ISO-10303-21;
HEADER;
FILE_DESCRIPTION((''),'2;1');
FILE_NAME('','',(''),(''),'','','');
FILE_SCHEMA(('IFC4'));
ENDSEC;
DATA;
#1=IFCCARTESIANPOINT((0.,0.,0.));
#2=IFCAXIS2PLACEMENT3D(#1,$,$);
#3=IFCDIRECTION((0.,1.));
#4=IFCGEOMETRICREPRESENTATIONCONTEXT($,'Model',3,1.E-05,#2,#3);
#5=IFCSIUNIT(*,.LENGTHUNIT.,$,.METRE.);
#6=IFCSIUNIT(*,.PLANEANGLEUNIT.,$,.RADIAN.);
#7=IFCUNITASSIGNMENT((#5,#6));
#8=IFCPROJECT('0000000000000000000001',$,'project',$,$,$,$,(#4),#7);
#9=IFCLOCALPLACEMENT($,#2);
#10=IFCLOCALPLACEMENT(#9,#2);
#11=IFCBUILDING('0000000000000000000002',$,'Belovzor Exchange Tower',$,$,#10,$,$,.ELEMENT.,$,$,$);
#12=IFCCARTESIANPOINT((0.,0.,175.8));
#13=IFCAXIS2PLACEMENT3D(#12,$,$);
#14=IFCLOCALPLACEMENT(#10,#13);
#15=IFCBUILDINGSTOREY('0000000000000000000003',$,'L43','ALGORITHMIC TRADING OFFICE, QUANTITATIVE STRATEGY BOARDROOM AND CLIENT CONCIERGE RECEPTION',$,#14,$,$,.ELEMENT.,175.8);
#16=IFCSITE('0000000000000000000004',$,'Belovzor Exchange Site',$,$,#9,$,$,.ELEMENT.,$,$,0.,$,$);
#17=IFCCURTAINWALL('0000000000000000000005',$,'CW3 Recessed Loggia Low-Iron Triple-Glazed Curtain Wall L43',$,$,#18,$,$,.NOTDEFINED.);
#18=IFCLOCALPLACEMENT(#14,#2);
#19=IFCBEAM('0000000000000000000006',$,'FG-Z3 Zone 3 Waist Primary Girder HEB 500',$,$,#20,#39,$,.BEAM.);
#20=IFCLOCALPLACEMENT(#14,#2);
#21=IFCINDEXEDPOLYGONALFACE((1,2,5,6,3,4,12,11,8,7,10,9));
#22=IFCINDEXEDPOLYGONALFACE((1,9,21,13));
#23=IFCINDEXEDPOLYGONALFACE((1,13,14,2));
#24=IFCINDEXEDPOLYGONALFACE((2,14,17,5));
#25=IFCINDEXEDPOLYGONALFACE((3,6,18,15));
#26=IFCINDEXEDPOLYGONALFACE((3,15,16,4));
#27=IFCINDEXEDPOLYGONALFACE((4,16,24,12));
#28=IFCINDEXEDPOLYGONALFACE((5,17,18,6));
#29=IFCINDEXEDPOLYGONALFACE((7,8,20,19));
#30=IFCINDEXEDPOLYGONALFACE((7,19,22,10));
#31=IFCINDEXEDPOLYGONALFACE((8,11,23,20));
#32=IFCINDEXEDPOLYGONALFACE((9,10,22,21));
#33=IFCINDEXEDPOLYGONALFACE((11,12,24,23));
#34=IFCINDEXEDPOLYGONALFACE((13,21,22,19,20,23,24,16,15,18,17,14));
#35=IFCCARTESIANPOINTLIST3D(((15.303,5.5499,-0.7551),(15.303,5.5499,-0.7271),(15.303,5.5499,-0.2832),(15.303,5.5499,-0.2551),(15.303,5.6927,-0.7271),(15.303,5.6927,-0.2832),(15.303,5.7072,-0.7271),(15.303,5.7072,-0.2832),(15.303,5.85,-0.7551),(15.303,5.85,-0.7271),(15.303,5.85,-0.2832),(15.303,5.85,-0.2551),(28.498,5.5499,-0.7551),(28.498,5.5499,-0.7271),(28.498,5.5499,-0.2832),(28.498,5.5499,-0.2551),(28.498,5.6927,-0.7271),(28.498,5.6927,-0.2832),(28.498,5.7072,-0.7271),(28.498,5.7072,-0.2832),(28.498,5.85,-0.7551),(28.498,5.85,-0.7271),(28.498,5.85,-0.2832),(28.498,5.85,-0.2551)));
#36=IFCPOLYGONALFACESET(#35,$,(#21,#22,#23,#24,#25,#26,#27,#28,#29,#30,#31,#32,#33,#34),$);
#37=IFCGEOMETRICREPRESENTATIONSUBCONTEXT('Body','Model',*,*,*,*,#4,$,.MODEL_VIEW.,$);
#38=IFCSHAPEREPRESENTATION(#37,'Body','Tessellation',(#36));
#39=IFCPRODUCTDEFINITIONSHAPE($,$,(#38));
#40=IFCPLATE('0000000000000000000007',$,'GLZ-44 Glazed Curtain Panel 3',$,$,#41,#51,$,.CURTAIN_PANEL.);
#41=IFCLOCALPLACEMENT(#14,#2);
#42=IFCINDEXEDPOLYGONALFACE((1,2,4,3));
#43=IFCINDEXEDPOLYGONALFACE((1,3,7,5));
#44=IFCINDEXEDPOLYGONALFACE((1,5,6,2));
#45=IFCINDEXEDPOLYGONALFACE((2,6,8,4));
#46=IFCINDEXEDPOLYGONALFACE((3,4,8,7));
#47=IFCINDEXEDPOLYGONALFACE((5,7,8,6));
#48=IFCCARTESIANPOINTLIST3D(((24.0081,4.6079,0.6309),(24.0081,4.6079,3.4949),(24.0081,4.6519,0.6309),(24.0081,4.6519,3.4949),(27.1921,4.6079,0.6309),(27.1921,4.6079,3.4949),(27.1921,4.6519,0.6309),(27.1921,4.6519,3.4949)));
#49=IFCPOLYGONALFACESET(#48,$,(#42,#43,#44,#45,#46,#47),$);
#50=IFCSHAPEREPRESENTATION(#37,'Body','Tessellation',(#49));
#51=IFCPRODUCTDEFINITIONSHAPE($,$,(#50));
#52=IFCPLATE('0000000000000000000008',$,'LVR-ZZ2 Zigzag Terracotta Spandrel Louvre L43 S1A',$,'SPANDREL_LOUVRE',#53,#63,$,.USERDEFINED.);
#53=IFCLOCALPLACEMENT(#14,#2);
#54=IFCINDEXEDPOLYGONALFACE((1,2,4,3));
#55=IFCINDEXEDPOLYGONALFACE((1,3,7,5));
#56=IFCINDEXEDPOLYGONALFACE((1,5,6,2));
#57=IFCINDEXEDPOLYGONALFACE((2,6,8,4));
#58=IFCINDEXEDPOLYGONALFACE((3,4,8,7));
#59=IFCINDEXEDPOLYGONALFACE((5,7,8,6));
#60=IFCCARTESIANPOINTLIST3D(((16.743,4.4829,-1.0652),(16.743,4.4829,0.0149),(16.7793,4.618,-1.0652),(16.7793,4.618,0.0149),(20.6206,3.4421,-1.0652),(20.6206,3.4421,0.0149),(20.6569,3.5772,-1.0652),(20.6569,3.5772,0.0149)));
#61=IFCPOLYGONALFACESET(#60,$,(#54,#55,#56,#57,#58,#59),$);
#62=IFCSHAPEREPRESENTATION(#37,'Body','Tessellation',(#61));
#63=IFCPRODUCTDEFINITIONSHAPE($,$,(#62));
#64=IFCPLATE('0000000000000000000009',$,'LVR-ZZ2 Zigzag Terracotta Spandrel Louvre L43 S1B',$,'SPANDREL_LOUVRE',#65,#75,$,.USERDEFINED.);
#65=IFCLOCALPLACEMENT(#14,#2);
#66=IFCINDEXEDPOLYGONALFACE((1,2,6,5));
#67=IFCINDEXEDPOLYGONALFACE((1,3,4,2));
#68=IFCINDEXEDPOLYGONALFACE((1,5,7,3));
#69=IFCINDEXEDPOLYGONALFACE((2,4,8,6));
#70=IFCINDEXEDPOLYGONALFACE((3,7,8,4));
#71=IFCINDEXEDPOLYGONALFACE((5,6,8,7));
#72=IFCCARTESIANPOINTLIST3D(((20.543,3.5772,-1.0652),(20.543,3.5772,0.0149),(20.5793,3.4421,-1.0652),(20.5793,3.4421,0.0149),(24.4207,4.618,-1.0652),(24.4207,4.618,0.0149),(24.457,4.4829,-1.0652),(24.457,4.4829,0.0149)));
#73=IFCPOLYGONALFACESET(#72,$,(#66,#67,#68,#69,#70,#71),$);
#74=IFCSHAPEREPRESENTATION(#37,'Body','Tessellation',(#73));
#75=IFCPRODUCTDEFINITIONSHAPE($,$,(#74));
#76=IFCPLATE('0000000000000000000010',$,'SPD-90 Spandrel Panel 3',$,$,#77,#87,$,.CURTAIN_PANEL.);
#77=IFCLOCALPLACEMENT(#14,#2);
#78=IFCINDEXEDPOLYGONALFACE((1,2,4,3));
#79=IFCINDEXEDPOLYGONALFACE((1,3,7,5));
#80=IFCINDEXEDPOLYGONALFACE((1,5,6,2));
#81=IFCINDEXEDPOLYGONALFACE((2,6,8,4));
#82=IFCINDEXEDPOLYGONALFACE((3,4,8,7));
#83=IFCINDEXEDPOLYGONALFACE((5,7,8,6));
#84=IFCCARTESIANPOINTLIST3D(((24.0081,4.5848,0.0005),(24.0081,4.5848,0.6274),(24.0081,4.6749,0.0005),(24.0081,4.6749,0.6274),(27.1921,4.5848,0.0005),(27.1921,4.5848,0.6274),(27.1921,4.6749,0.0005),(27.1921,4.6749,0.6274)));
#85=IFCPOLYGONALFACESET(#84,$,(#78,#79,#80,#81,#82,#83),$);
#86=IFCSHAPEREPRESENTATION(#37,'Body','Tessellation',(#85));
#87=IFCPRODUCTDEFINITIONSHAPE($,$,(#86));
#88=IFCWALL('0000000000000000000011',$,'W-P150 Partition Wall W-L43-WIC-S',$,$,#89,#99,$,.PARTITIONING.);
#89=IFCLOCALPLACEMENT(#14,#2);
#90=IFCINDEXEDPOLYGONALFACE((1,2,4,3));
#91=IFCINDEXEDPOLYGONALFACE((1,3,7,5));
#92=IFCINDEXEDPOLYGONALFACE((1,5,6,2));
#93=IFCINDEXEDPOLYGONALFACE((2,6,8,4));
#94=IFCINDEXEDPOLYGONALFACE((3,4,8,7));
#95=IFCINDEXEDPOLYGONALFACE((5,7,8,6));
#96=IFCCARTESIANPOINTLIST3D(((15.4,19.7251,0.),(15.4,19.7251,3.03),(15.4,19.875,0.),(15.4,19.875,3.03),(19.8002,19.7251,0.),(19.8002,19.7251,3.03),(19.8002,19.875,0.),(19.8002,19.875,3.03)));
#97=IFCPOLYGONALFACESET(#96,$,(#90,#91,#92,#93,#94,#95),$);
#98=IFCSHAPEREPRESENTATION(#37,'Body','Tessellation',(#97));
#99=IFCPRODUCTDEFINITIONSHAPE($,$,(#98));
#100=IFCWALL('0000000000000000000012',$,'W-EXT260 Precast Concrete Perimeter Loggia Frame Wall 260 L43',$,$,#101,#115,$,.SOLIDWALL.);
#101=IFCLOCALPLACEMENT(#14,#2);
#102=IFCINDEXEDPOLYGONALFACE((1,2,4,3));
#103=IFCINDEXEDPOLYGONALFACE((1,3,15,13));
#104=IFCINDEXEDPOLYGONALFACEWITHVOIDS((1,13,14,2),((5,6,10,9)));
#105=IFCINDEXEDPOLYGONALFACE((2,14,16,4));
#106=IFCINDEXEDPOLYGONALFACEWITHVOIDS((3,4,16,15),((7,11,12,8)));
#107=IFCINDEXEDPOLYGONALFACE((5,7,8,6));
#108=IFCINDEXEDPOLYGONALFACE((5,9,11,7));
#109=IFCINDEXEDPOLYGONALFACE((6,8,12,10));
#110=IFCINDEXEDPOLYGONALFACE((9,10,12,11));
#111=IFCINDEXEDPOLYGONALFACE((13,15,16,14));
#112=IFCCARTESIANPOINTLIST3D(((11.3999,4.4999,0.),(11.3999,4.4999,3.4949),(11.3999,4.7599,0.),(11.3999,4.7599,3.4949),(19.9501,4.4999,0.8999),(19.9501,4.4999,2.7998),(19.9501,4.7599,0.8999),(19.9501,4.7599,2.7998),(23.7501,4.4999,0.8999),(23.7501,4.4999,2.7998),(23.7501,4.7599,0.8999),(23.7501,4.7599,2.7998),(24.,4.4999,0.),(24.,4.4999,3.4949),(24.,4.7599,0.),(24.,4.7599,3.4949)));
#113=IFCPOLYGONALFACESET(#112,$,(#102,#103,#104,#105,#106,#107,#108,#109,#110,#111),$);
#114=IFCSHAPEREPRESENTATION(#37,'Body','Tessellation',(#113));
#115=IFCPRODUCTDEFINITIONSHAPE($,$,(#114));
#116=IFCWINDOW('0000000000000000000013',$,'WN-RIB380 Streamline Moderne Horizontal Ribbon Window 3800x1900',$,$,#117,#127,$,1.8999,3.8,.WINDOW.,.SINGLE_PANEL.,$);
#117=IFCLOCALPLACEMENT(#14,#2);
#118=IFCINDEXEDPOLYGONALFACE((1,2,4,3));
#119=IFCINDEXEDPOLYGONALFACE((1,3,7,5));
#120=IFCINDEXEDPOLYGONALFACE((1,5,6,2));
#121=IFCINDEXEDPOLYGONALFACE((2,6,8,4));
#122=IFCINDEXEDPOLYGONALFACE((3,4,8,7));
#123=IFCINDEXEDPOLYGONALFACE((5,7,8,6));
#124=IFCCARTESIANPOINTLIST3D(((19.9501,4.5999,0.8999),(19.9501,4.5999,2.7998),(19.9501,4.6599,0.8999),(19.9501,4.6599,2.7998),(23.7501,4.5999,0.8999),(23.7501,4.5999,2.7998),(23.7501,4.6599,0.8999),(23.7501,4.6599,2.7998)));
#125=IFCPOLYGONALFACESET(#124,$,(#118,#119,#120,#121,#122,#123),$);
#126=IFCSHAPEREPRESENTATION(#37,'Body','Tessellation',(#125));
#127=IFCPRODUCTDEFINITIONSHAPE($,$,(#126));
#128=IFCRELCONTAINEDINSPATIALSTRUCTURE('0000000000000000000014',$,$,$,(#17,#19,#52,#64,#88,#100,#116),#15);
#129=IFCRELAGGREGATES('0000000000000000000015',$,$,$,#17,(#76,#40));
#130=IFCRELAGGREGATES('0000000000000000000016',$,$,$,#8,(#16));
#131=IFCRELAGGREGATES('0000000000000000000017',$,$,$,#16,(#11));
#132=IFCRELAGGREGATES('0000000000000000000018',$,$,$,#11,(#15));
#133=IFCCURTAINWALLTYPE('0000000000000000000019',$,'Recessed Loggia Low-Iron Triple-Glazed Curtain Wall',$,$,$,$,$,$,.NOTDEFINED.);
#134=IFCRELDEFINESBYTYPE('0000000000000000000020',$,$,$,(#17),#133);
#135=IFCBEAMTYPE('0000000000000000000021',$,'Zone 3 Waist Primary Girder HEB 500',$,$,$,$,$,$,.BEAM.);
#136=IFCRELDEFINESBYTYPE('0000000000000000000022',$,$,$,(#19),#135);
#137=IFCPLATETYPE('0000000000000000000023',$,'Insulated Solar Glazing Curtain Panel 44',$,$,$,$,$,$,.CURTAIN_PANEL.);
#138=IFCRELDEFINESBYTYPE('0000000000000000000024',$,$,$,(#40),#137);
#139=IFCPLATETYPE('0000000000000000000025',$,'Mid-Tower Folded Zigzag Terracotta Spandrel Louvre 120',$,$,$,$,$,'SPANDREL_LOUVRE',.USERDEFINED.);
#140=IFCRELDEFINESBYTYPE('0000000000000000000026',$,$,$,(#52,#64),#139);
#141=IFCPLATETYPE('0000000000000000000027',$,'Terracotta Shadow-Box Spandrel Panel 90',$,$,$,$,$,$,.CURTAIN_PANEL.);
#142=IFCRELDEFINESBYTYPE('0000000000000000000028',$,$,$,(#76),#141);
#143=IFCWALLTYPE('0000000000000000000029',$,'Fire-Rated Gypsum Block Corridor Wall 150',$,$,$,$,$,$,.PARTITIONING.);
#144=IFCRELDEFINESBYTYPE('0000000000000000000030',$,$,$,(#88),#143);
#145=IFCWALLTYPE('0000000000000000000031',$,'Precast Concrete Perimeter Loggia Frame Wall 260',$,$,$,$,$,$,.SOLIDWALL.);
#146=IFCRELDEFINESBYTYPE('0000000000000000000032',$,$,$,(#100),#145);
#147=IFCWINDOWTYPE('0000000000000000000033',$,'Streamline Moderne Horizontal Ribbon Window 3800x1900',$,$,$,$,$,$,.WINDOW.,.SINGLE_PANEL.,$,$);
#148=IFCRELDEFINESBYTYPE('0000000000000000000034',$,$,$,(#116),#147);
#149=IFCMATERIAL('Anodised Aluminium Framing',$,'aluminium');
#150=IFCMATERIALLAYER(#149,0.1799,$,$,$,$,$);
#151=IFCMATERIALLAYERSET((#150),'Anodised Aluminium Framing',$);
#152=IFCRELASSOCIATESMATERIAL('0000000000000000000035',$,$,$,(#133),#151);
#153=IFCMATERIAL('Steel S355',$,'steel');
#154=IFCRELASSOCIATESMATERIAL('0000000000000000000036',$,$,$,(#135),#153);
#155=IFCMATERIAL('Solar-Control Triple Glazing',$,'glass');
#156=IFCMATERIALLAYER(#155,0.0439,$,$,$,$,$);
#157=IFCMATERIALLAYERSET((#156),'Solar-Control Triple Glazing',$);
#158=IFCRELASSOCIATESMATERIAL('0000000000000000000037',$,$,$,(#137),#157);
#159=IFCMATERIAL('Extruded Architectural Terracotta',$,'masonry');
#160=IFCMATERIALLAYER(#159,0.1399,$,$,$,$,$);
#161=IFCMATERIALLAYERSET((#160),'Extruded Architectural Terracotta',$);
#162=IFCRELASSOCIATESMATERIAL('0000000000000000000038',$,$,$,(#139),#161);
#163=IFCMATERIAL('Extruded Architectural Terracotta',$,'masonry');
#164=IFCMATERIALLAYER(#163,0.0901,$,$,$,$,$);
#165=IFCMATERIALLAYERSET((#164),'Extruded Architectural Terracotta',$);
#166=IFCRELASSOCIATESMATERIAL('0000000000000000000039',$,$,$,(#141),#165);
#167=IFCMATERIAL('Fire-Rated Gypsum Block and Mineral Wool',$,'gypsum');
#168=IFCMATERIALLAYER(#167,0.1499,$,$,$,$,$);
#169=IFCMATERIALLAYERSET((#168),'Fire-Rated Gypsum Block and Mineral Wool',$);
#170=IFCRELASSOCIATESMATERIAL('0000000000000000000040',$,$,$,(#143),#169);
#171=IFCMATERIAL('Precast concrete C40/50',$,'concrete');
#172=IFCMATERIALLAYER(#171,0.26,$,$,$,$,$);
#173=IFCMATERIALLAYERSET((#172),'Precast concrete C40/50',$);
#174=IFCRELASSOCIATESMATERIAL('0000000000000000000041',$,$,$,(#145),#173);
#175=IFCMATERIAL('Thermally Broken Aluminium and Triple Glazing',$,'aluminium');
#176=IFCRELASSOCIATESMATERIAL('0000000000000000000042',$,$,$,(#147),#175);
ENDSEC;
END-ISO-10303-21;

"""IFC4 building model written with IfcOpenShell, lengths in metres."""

from ifc_helpers import new_model, si_unit, direction, frame, frame_2d, origin, origin_2d, place, context, subcontext, project, spatial, rectangle, i_section, extrude, material, layer, layer_set, material_profile, profile_set, type_object, element, fill, aggregate, save


model = new_model("IFC4")

# Units and contexts
model_context = context("Model", 3, precision=1e-05, world=origin(), true_north=direction((0.0, 1.0)))
body_context = subcontext(model_context, "Body", "Model", "MODEL_VIEW")
ifc_project = project(units=[si_unit("LENGTHUNIT", "METRE"), si_unit("PLANEANGLEUNIT", "RADIAN")], contexts=[model_context])

# Site, building, storey
site_placement = place(None, origin())
site = spatial("IfcSite", under=ifc_project, at=site_placement, Name="Belovzor Exchange Site", CompositionType="ELEMENT", RefElevation=0.0)
building_placement = place(site_placement, origin())
building = spatial("IfcBuilding", under=site, at=building_placement, Name="Belovzor Exchange Tower", CompositionType="ELEMENT")
storey_placement = place(building_placement, frame((0.0, 0.0, 175.8)))
storey = spatial("IfcBuildingStorey", under=building, at=storey_placement, Name="L43", Description="ALGORITHMIC TRADING OFFICE, QUANTITATIVE STRATEGY BOARDROOM AND CLIENT CONCIERGE RECEPTION", CompositionType="ELEMENT", Elevation=175.8)

# Curtain wall
ifc_material_1 = material(Name="Anodised Aluminium Framing", Category="aluminium")
ifc_layer_1 = layer(ifc_material_1, 0.1799)
ifc_layer_set_1 = layer_set([ifc_layer_1], Name="Anodised Aluminium Framing")
curtain_wall_type = type_object("IfcCurtainWallType", Name="Recessed Loggia Low-Iron Triple-Glazed Curtain Wall", PredefinedType="NOTDEFINED", material=ifc_layer_set_1)
curtain_wall_placement = place(storey_placement, origin())
curtain_wall = element("IfcCurtainWall", 1, at=curtain_wall_placement, inside=storey, type_object=curtain_wall_type, Name="CW3 Recessed Loggia Low-Iron Triple-Glazed Curtain Wall L43", PredefinedType="NOTDEFINED")

# Beam
ifc_material_2 = material(Name="Steel S355", Category="steel")
ifc_material_profile_1 = material_profile(ifc_material_2, i_section(OverallWidth=0.3, OverallDepth=0.5, WebThickness=0.0144, FlangeThickness=0.0281, at=origin_2d()))
ifc_profile_set_1 = profile_set([ifc_material_profile_1], Name="Steel S355")
beam_type_1 = type_object("IfcBeamType", Name="Zone 3 Waist Primary Girder HEB 500", PredefinedType="BEAM", material=ifc_profile_set_1)
beam_1_placement = place(storey_placement, frame((15.303, 5.7, -0.5051), z_axis=(1.0, 0.0, 0.0), x_axis=(0.0, 1.0, 0.0)))
element("IfcBeam", 2, at=beam_1_placement, inside=storey, type_object=beam_type_1, Name="FG-Z3 Zone 3 Waist Primary Girder HEB 500", PredefinedType="BEAM", context=body_context, shape_type="SweptSolid", body=[
    extrude(i_section(OverallWidth=0.3, OverallDepth=0.5, WebThickness=0.0144, FlangeThickness=0.0281, at=origin_2d()), origin(), (0.0, 0.0, 1.0), 13.1951),
])

# Plate
ifc_material_3 = material(Name="Solar-Control Triple Glazing", Category="glass")
ifc_layer_2 = layer(ifc_material_3, 0.0439)
ifc_layer_set_2 = layer_set([ifc_layer_2], Name="Solar-Control Triple Glazing")
plate_type_1 = type_object("IfcPlateType", Name="Insulated Solar Glazing Curtain Panel 44", PredefinedType="CURTAIN_PANEL", material=ifc_layer_set_2)
plate_1_placement = place(storey_placement, frame((25.6001, 4.6299, 0.6309), z_axis=(0.0, 0.0, 1.0), x_axis=(-1.0, 0.0, 0.0)))
plate_1 = element("IfcPlate", 3, at=plate_1_placement, type_object=plate_type_1, Name="GLZ-44 Glazed Curtain Panel 3", PredefinedType="CURTAIN_PANEL", context=body_context, shape_type="SweptSolid", body=[
    extrude(rectangle(XDim=3.1841, YDim=0.0439, at=origin_2d()), origin(), (0.0, 0.0, 1.0), 2.864),
])

# Plates
ifc_material_4 = material(Name="Extruded Architectural Terracotta", Category="masonry")
ifc_layer_3 = layer(ifc_material_4, 0.1399)
ifc_layer_set_3 = layer_set([ifc_layer_3], Name="Extruded Architectural Terracotta")
plate_type_2 = type_object("IfcPlateType", Name="Mid-Tower Folded Zigzag Terracotta Spandrel Louvre 120", ElementType="SPANDREL_LOUVRE", PredefinedType="USERDEFINED", material=ifc_layer_set_3)
for number, where, z_axis, x_axis, name in (
    (4, (18.7, 4.03, -1.0652), (0.0, 0.0, 1.0), (0.965813, -0.25924, 0.0), "LVR-ZZ2 Zigzag Terracotta Spandrel Louvre L43 S1A"),
    (5, (22.5, 4.03, -1.0652), (0.0, 0.0, 1.0), (0.965813, 0.25924, 0.0), "LVR-ZZ2 Zigzag Terracotta Spandrel Louvre L43 S1B"),
):
    element("IfcPlate", number, at=place(storey_placement, frame(where, z_axis=z_axis, x_axis=x_axis)), inside=storey, type_object=plate_type_2, Name=name, ObjectType="SPANDREL_LOUVRE", PredefinedType="USERDEFINED", context=body_context, shape_type="SweptSolid", body=[
        extrude(rectangle(XDim=4.0149, YDim=0.1399, at=origin_2d()), origin(), (0.0, 0.0, 1.0), 1.0801),
    ])

# Plate
ifc_material_5 = material(Name="Extruded Architectural Terracotta", Category="masonry")
ifc_layer_4 = layer(ifc_material_5, 0.0901)
ifc_layer_set_4 = layer_set([ifc_layer_4], Name="Extruded Architectural Terracotta")
plate_type_3 = type_object("IfcPlateType", Name="Terracotta Shadow-Box Spandrel Panel 90", PredefinedType="CURTAIN_PANEL", material=ifc_layer_set_4)
plate_2_placement = place(storey_placement, frame((25.6001, 4.6299, 0.0005), z_axis=(0.0, 0.0, 1.0), x_axis=(-1.0, 0.0, 0.0)))
plate_2 = element("IfcPlate", 6, at=plate_2_placement, type_object=plate_type_3, Name="SPD-90 Spandrel Panel 3", PredefinedType="CURTAIN_PANEL", context=body_context, shape_type="SweptSolid", body=[
    extrude(rectangle(XDim=3.1841, YDim=0.0901, at=origin_2d()), origin(), (0.0, 0.0, 1.0), 0.627),
])
aggregate(curtain_wall, [plate_2, plate_1])

# Wall
ifc_material_6 = material(Name="Fire-Rated Gypsum Block and Mineral Wool", Category="gypsum")
ifc_layer_5 = layer(ifc_material_6, 0.1499)
ifc_layer_set_5 = layer_set([ifc_layer_5], Name="Fire-Rated Gypsum Block and Mineral Wool")
wall_type_1 = type_object("IfcWallType", Name="Fire-Rated Gypsum Block Corridor Wall 150", PredefinedType="PARTITIONING", material=ifc_layer_set_5)
wall_1_placement = place(storey_placement, frame((15.3999, 19.8, 0.0), z_axis=(0.0, 0.0, 1.0), x_axis=(1.0, 0.0, 0.0)))
element("IfcWall", 7, at=wall_1_placement, inside=storey, type_object=wall_type_1, Name="W-P150 Partition Wall W-L43-WIC-S", PredefinedType="PARTITIONING", context=body_context, shape_type="SweptSolid", body=[
    extrude(rectangle(XDim=4.4001, YDim=0.1499, at=frame_2d((2.2002, 0.0))), origin(), (0.0, 0.0, 1.0), 3.03),
])

# Wall, opening, window
ifc_material_7 = material(Name="Precast concrete C40/50", Category="concrete")
ifc_layer_6 = layer(ifc_material_7, 0.26)
ifc_layer_set_6 = layer_set([ifc_layer_6], Name="Precast concrete C40/50")
wall_type_2 = type_object("IfcWallType", Name="Precast Concrete Perimeter Loggia Frame Wall 260", PredefinedType="SOLIDWALL", material=ifc_layer_set_6)
wall_2_placement = place(storey_placement, frame((24.0, 4.6299, 0.0), z_axis=(0.0, 0.0, 1.0), x_axis=(-1.0, 0.0, 0.0)))
wall_2 = element("IfcWall", 8, at=wall_2_placement, inside=storey, type_object=wall_type_2, Name="W-EXT260 Precast Concrete Perimeter Loggia Frame Wall 260 L43", PredefinedType="SOLIDWALL", context=body_context, shape_type="SweptSolid", body=[
    extrude(rectangle(XDim=12.6001, YDim=0.26, at=frame_2d((6.3, 0.0))), origin(), (0.0, 0.0, 1.0), 3.4949),
])
opening_placement = place(wall_2_placement, frame((0.25, 0.0, 0.8999)))
opening = element("IfcOpeningElement", 9, at=opening_placement, cuts=wall_2, PredefinedType="OPENING", context=body_context, shape_type="SweptSolid", body=[
    extrude(rectangle(XDim=3.8, YDim=1.8999, at=frame_2d((1.8999, 0.95))), frame((0.0, 0.1399, 0.0), z_axis=(0.0, -1.0, 0.0), x_axis=(1.0, 0.0, 0.0)), (0.0, 0.0, 1.0), 0.28),
])
ifc_material_8 = material(Name="Thermally Broken Aluminium and Triple Glazing", Category="aluminium")
window_type = type_object("IfcWindowType", Name="Streamline Moderne Horizontal Ribbon Window 3800x1900", PartitioningType="SINGLE_PANEL", PredefinedType="WINDOW", material=ifc_material_8)
window_placement = place(opening_placement, origin())
window = element("IfcWindow", 10, at=window_placement, inside=storey, type_object=window_type, Name="WN-RIB380 Streamline Moderne Horizontal Ribbon Window 3800x1900", OverallHeight=1.8999, OverallWidth=3.8, PartitioningType="SINGLE_PANEL", PredefinedType="WINDOW", context=body_context, shape_type="SweptSolid", body=[
    extrude(rectangle(XDim=3.8, YDim=1.8999, at=frame_2d((1.8999, 0.95))), frame((0.0, 0.03, 0.0), z_axis=(0.0, -1.0, 0.0), x_axis=(1.0, 0.0, 0.0)), (0.0, 0.0, 1.0), 0.0601),
])
fill(opening, window)

save(model, "model.ifc")
